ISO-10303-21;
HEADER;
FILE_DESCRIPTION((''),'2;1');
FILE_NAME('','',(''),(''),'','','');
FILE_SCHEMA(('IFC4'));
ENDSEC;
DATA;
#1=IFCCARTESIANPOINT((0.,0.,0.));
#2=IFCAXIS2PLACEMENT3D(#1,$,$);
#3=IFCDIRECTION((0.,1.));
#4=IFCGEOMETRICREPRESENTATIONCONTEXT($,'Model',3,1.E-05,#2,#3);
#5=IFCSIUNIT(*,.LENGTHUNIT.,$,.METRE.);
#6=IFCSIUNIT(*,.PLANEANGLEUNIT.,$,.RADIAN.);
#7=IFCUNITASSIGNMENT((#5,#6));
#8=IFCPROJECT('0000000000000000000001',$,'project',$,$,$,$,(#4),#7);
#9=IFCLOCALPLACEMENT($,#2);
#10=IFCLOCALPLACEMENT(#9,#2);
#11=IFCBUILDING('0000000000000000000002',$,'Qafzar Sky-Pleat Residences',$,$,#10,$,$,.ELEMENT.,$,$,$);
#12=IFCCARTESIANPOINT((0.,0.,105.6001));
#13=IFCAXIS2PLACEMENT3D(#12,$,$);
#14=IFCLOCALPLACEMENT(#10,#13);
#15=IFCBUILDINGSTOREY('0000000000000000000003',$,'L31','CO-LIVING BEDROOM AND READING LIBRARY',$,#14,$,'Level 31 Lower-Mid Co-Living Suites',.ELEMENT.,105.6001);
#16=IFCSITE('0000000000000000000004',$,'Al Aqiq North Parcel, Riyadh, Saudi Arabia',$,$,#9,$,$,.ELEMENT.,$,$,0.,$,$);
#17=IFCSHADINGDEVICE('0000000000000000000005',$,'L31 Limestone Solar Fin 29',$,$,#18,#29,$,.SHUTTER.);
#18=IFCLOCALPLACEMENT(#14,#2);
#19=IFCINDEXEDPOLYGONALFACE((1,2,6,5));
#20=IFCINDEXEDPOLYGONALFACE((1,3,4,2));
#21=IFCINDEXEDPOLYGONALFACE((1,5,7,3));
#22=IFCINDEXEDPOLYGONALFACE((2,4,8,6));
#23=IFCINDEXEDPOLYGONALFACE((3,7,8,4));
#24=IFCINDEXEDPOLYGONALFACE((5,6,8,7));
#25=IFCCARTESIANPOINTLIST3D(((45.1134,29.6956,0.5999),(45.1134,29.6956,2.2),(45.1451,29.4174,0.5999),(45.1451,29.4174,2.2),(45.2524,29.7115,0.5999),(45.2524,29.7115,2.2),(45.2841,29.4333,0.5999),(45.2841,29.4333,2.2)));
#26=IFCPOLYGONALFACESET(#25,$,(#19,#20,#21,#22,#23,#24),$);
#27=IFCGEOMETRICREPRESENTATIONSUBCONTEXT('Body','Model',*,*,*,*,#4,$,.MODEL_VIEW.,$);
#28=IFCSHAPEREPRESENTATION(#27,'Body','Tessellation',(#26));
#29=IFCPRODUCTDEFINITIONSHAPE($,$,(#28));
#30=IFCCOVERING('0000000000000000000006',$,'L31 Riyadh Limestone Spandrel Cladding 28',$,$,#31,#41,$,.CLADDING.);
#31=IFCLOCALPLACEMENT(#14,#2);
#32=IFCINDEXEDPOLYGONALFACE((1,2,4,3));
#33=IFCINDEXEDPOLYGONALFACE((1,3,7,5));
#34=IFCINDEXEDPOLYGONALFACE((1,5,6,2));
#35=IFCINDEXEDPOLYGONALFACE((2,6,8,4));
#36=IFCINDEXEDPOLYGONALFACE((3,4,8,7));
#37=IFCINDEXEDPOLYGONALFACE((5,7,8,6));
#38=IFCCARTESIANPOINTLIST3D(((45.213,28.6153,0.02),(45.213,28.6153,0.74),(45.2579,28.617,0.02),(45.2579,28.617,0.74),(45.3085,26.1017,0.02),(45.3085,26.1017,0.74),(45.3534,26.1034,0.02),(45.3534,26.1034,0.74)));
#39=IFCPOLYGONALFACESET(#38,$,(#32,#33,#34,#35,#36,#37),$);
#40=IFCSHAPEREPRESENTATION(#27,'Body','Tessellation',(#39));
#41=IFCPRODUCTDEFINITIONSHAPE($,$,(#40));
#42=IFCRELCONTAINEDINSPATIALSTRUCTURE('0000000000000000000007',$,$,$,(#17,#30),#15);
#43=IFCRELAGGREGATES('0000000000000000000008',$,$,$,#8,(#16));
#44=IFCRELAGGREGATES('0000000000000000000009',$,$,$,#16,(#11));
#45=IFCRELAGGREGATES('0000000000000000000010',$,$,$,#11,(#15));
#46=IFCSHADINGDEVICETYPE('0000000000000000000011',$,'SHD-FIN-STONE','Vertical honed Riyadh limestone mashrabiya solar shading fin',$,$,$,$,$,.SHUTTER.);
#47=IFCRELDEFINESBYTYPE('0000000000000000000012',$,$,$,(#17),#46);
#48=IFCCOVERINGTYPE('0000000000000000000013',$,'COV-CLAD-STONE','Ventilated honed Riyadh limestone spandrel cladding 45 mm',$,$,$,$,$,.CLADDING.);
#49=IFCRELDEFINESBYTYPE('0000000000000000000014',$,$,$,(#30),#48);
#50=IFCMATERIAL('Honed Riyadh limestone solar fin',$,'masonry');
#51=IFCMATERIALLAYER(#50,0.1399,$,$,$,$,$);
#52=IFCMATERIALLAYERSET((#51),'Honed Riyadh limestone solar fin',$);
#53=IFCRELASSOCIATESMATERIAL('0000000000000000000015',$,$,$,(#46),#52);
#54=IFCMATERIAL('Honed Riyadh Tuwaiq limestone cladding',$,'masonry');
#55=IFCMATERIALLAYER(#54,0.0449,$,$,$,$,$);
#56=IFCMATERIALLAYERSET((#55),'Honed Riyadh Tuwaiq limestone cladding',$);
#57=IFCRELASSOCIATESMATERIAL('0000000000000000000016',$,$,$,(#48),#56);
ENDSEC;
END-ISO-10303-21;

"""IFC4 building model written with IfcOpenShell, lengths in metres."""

from ifc_helpers import new_model, si_unit, direction, frame, origin, origin_2d, place, context, subcontext, project, spatial, rectangle, extrude, source, transform, mapped, material, layer, layer_set, type_object, element, save


model = new_model("IFC4")

# Units and contexts
model_context = context("Model", 3, precision=1e-05, world=origin(), true_north=direction((0.0, 1.0)))
body_context = subcontext(model_context, "Body", "Model", "MODEL_VIEW")
ifc_project = project(units=[si_unit("LENGTHUNIT", "METRE"), si_unit("PLANEANGLEUNIT", "RADIAN")], contexts=[model_context])

# Site, building, storey
site_placement = place(None, origin())
site = spatial("IfcSite", under=ifc_project, at=site_placement, Name="Al Aqiq North Parcel, Riyadh, Saudi Arabia", CompositionType="ELEMENT", RefElevation=0.0)
building_placement = place(site_placement, origin())
building = spatial("IfcBuilding", under=site, at=building_placement, Name="Qafzar Sky-Pleat Residences", CompositionType="ELEMENT")
storey_placement = place(building_placement, frame((0.0, 0.0, 105.6001)))
storey = spatial("IfcBuildingStorey", under=building, at=storey_placement, Name="L31", Description="CO-LIVING BEDROOM AND READING LIBRARY", LongName="Level 31 Lower-Mid Co-Living Suites", CompositionType="ELEMENT", Elevation=105.6001)

# Shading device
ifc_material_1 = material(Name="Honed Riyadh limestone solar fin", Category="masonry")
ifc_layer_1 = layer(ifc_material_1, 0.1399)
ifc_layer_set_1 = layer_set([ifc_layer_1], Name="Honed Riyadh limestone solar fin")
shading_device_type = type_object("IfcShadingDeviceType", Name="SHD-FIN-STONE", Description="Vertical honed Riyadh limestone mashrabiya solar shading fin", PredefinedType="SHUTTER", material=ifc_layer_set_1)
shared_shape_1 = source(origin(), body_context, "Body", "SweptSolid", [
    extrude(rectangle(XDim=0.1399, YDim=0.28, at=origin_2d()), origin(), (0.0, 0.0, 1.0), 1.6001),
])
shading_device_placement = place(storey_placement, frame((45.1987, 29.5645, 0.5999), z_axis=(0.0, 0.0, 1.0), x_axis=(0.993566, 0.113252, 0.0)))
element("IfcShadingDevice", 1, at=shading_device_placement, inside=storey, type_object=shading_device_type, Name="L31 Limestone Solar Fin 29", PredefinedType="SHUTTER", context=body_context, shape_type="MappedRepresentation", body=[
    mapped(shared_shape_1, transform((0.0, 0.0, 0.0), x_axis=(1.0, 0.0, 0.0), y_axis=(0.0, 1.0, 0.0), z_axis=(0.0, 0.0, 1.0), scale=1.0)),
])

# Covering
ifc_material_2 = material(Name="Honed Riyadh Tuwaiq limestone cladding", Category="masonry")
ifc_layer_2 = layer(ifc_material_2, 0.0449)
ifc_layer_set_2 = layer_set([ifc_layer_2], Name="Honed Riyadh Tuwaiq limestone cladding")
covering_type = type_object("IfcCoveringType", Name="COV-CLAD-STONE", Description="Ventilated honed Riyadh limestone spandrel cladding 45 mm", PredefinedType="CLADDING", material=ifc_layer_set_2)
shared_shape_2 = source(origin(), body_context, "Body", "SweptSolid", [
    extrude(rectangle(XDim=2.5154, YDim=0.0449, at=origin_2d()), origin(), (0.0, 0.0, 1.0), 0.72),
])
covering_placement = place(storey_placement, frame((45.2832, 27.3594, 0.02), z_axis=(0.0, 0.0, 1.0), x_axis=(-0.037963, 0.999279, 0.0)))
element("IfcCovering", 2, at=covering_placement, inside=storey, type_object=covering_type, Name="L31 Riyadh Limestone Spandrel Cladding 28", PredefinedType="CLADDING", context=body_context, shape_type="MappedRepresentation", body=[
    mapped(shared_shape_2, transform((0.0, 0.0, 0.0), x_axis=(1.0, 0.0, 0.0), y_axis=(0.0, 1.0, 0.0), z_axis=(0.0, 0.0, 1.0), scale=1.0)),
])

save(model, "model.ifc")
